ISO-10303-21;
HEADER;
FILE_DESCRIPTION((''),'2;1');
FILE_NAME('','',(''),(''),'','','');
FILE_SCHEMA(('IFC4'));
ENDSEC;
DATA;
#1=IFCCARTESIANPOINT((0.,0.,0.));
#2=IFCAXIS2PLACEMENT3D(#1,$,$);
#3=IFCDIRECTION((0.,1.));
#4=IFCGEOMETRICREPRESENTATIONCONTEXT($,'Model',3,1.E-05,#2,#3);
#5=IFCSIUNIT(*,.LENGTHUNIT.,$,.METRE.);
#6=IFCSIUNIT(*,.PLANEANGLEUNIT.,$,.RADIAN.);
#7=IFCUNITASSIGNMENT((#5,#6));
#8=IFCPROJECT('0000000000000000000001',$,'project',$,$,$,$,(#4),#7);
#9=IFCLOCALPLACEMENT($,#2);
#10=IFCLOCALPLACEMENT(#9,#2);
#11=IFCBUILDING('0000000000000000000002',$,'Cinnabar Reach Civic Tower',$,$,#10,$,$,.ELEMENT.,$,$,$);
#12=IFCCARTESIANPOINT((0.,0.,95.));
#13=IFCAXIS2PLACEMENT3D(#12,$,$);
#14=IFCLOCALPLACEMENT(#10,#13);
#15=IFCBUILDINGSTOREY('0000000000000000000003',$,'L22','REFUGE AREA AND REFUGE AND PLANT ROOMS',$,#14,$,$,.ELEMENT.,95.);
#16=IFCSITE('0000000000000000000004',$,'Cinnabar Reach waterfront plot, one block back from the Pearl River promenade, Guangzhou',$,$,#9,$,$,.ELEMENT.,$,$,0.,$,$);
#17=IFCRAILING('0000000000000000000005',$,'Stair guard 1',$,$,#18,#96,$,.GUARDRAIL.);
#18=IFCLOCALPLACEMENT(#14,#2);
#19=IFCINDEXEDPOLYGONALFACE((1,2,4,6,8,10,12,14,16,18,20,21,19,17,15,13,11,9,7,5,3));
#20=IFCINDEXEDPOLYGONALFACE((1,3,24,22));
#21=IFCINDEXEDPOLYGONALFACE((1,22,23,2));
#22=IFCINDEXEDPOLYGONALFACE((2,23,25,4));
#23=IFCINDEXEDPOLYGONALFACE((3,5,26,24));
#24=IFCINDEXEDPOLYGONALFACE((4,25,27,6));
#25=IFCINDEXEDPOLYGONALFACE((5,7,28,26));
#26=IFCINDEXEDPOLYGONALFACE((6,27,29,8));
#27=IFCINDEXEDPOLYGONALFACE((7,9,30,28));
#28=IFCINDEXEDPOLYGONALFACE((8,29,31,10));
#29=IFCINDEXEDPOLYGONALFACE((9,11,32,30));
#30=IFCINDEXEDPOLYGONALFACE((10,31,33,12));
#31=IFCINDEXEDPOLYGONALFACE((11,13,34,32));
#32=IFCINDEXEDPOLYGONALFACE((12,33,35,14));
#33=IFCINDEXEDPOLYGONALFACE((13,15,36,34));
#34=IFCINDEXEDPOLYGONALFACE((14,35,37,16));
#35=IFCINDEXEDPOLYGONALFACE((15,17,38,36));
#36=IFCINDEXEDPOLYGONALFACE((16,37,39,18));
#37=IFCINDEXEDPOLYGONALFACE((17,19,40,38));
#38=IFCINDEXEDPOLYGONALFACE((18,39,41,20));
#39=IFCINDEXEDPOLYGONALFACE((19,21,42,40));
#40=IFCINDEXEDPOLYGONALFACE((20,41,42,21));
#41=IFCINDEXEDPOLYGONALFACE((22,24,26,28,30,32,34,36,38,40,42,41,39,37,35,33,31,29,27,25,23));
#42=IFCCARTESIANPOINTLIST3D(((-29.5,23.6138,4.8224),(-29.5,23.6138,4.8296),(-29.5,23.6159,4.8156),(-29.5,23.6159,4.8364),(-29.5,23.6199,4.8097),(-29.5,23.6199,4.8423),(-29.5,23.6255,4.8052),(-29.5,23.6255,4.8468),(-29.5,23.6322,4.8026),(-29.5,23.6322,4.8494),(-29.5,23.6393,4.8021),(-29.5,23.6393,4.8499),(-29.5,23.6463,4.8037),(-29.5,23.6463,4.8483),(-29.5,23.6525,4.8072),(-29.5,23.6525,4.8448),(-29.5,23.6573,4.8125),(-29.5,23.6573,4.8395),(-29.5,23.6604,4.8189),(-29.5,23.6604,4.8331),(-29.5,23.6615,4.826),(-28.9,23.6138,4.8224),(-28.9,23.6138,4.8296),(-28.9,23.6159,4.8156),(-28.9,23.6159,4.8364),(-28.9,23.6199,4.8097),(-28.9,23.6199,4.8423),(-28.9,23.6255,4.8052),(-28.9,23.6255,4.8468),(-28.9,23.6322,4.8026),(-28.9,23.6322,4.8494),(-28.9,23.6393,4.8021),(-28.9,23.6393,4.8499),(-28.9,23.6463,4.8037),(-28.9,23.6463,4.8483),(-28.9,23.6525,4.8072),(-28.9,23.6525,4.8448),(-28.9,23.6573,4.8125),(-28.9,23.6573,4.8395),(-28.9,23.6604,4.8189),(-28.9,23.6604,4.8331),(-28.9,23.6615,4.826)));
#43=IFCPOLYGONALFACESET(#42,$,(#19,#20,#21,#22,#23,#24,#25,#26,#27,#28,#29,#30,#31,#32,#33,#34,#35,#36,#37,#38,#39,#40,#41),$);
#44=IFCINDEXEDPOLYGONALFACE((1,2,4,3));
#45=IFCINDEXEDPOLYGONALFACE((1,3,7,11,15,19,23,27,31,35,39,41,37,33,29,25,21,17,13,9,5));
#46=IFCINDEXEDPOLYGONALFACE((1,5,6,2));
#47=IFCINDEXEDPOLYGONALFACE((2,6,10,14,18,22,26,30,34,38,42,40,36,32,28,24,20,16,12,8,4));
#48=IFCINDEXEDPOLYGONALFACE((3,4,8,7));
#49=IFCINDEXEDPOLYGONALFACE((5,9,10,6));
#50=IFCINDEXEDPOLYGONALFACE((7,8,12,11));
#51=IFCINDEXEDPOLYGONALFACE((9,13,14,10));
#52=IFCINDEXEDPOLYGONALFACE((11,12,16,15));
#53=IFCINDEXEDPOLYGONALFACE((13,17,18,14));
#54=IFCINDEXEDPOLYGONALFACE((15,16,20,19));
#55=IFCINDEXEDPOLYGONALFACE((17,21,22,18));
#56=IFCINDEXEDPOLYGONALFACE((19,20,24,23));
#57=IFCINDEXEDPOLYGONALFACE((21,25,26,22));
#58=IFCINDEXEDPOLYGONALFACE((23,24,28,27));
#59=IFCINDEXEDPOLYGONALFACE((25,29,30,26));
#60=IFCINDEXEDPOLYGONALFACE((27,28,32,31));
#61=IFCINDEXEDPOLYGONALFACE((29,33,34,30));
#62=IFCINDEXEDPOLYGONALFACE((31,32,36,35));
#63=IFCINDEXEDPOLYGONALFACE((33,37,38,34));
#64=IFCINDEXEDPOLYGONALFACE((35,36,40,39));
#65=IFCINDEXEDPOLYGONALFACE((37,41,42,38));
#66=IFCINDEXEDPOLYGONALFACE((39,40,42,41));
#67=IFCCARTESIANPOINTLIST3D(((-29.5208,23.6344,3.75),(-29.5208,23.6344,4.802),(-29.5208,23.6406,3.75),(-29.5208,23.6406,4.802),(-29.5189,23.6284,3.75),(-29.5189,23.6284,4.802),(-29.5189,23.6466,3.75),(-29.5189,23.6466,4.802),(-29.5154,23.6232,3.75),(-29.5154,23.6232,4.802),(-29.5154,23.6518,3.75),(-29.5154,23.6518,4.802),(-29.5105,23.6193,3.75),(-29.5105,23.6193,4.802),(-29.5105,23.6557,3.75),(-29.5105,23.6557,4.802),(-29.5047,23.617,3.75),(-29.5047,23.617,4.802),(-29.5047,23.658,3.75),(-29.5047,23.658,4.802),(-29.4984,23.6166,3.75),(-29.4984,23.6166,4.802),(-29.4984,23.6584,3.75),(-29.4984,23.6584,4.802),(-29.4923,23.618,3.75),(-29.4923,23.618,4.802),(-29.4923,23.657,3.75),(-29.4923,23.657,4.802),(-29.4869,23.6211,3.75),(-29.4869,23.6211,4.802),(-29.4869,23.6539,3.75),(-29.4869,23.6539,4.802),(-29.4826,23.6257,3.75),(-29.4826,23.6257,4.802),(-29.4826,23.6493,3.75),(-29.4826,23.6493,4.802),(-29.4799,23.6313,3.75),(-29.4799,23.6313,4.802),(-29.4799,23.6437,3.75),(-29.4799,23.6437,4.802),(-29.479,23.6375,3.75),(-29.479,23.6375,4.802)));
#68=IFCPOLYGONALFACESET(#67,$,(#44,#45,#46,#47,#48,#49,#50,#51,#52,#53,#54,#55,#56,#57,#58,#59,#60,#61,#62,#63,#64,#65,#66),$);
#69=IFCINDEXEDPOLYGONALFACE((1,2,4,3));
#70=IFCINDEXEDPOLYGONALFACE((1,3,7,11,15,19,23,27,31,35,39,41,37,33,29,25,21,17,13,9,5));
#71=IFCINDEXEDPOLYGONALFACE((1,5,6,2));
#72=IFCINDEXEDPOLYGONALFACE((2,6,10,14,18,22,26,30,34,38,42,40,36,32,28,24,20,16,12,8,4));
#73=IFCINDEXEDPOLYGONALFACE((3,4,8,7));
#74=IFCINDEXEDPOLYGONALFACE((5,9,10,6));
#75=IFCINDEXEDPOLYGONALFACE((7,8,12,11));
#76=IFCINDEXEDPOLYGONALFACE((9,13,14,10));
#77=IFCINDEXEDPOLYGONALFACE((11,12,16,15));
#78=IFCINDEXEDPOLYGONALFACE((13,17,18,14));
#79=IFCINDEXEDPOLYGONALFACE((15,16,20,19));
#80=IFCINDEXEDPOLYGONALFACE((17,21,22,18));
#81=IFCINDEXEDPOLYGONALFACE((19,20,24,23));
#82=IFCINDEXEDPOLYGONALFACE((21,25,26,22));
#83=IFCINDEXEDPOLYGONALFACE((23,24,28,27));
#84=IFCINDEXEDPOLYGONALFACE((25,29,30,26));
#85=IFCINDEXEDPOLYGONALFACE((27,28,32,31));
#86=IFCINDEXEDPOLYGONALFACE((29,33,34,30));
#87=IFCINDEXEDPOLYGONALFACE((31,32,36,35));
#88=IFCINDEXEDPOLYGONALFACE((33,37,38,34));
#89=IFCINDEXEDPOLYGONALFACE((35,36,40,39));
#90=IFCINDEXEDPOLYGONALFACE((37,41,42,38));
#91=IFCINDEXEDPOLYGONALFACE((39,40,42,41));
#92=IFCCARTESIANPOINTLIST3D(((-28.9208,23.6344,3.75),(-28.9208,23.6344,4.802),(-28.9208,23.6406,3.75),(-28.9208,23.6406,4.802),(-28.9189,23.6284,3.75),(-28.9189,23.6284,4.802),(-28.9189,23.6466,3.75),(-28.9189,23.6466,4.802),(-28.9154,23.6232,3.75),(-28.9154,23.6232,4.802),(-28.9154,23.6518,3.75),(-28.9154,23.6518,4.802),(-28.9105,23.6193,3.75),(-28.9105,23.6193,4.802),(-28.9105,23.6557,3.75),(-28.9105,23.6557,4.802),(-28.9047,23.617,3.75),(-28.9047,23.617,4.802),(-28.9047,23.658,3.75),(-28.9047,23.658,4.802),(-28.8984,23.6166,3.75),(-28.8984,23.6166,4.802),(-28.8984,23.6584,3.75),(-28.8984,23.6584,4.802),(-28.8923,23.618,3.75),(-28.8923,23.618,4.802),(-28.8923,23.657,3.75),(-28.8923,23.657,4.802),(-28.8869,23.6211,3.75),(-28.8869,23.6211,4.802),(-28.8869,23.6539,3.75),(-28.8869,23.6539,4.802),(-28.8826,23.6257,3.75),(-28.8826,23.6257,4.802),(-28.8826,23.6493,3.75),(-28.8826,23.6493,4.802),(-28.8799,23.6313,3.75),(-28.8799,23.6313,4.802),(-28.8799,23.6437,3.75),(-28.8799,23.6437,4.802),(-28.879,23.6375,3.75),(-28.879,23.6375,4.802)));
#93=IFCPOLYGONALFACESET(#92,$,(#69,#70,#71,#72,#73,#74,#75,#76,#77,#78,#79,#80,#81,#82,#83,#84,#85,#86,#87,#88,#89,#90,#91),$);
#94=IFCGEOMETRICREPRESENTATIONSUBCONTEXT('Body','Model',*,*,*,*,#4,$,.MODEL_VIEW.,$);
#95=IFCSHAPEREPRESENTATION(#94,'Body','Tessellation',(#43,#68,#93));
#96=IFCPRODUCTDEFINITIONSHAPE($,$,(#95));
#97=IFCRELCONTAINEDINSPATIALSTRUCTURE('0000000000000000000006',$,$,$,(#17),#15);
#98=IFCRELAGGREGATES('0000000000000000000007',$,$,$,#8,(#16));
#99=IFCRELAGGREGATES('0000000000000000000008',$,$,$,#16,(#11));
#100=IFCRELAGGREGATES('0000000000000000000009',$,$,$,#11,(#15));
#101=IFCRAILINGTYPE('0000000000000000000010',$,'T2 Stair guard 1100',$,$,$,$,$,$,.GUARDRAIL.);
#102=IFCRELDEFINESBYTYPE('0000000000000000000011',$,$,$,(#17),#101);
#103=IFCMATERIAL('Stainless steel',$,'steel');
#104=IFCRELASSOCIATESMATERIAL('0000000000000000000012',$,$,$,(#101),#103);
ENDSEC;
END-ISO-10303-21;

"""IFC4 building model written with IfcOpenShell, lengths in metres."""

from ifc_helpers import new_model, si_unit, direction, frame, origin, origin_2d, place, context, subcontext, project, spatial, circle, extrude, material, type_object, element, save


model = new_model("IFC4")

# Units and contexts
model_context = context("Model", 3, precision=1e-05, world=origin(), true_north=direction((0.0, 1.0)))
body_context = subcontext(model_context, "Body", "Model", "MODEL_VIEW")
ifc_project = project(units=[si_unit("LENGTHUNIT", "METRE"), si_unit("PLANEANGLEUNIT", "RADIAN")], contexts=[model_context])

# Site, building, storey
site_placement = place(None, origin())
site = spatial("IfcSite", under=ifc_project, at=site_placement, Name="Cinnabar Reach waterfront plot, one block back from the Pearl River promenade, Guangzhou", CompositionType="ELEMENT", RefElevation=0.0)
building_placement = place(site_placement, origin())
building = spatial("IfcBuilding", under=site, at=building_placement, Name="Cinnabar Reach Civic Tower", CompositionType="ELEMENT")
storey_placement = place(building_placement, frame((0.0, 0.0, 95.0)))
storey = spatial("IfcBuildingStorey", under=building, at=storey_placement, Name="L22", Description="REFUGE AREA AND REFUGE AND PLANT ROOMS", CompositionType="ELEMENT", Elevation=95.0)

# Railing
ifc_material_1 = material(Name="Stainless steel", Category="steel")
railing_type = type_object("IfcRailingType", Name="T2 Stair guard 1100", PredefinedType="GUARDRAIL", material=ifc_material_1)
railing_1_placement = place(storey_placement, frame((-29.5, 23.6375, 3.75)))
element("IfcRailing", 1, at=railing_1_placement, inside=storey, type_object=railing_type, Name="Stair guard 1", PredefinedType="GUARDRAIL", context=body_context, shape_type="SweptSolid", body=[
    extrude(circle(Radius=0.024, at=origin_2d()), frame((0.0, 0.0, 1.076), z_axis=(1.0, 0.0, 0.0), x_axis=(0.0, 1.0, 0.0)), (0.0, 0.0, 1.0), 0.6),
    extrude(circle(Radius=0.021, at=origin_2d()), origin(), (0.0, 0.0, 1.0), 1.052),
    extrude(circle(Radius=0.021, at=origin_2d()), frame((0.6, 0.0, 0.0)), (0.0, 0.0, 1.0), 1.052),
])

save(model, "model.ifc")
